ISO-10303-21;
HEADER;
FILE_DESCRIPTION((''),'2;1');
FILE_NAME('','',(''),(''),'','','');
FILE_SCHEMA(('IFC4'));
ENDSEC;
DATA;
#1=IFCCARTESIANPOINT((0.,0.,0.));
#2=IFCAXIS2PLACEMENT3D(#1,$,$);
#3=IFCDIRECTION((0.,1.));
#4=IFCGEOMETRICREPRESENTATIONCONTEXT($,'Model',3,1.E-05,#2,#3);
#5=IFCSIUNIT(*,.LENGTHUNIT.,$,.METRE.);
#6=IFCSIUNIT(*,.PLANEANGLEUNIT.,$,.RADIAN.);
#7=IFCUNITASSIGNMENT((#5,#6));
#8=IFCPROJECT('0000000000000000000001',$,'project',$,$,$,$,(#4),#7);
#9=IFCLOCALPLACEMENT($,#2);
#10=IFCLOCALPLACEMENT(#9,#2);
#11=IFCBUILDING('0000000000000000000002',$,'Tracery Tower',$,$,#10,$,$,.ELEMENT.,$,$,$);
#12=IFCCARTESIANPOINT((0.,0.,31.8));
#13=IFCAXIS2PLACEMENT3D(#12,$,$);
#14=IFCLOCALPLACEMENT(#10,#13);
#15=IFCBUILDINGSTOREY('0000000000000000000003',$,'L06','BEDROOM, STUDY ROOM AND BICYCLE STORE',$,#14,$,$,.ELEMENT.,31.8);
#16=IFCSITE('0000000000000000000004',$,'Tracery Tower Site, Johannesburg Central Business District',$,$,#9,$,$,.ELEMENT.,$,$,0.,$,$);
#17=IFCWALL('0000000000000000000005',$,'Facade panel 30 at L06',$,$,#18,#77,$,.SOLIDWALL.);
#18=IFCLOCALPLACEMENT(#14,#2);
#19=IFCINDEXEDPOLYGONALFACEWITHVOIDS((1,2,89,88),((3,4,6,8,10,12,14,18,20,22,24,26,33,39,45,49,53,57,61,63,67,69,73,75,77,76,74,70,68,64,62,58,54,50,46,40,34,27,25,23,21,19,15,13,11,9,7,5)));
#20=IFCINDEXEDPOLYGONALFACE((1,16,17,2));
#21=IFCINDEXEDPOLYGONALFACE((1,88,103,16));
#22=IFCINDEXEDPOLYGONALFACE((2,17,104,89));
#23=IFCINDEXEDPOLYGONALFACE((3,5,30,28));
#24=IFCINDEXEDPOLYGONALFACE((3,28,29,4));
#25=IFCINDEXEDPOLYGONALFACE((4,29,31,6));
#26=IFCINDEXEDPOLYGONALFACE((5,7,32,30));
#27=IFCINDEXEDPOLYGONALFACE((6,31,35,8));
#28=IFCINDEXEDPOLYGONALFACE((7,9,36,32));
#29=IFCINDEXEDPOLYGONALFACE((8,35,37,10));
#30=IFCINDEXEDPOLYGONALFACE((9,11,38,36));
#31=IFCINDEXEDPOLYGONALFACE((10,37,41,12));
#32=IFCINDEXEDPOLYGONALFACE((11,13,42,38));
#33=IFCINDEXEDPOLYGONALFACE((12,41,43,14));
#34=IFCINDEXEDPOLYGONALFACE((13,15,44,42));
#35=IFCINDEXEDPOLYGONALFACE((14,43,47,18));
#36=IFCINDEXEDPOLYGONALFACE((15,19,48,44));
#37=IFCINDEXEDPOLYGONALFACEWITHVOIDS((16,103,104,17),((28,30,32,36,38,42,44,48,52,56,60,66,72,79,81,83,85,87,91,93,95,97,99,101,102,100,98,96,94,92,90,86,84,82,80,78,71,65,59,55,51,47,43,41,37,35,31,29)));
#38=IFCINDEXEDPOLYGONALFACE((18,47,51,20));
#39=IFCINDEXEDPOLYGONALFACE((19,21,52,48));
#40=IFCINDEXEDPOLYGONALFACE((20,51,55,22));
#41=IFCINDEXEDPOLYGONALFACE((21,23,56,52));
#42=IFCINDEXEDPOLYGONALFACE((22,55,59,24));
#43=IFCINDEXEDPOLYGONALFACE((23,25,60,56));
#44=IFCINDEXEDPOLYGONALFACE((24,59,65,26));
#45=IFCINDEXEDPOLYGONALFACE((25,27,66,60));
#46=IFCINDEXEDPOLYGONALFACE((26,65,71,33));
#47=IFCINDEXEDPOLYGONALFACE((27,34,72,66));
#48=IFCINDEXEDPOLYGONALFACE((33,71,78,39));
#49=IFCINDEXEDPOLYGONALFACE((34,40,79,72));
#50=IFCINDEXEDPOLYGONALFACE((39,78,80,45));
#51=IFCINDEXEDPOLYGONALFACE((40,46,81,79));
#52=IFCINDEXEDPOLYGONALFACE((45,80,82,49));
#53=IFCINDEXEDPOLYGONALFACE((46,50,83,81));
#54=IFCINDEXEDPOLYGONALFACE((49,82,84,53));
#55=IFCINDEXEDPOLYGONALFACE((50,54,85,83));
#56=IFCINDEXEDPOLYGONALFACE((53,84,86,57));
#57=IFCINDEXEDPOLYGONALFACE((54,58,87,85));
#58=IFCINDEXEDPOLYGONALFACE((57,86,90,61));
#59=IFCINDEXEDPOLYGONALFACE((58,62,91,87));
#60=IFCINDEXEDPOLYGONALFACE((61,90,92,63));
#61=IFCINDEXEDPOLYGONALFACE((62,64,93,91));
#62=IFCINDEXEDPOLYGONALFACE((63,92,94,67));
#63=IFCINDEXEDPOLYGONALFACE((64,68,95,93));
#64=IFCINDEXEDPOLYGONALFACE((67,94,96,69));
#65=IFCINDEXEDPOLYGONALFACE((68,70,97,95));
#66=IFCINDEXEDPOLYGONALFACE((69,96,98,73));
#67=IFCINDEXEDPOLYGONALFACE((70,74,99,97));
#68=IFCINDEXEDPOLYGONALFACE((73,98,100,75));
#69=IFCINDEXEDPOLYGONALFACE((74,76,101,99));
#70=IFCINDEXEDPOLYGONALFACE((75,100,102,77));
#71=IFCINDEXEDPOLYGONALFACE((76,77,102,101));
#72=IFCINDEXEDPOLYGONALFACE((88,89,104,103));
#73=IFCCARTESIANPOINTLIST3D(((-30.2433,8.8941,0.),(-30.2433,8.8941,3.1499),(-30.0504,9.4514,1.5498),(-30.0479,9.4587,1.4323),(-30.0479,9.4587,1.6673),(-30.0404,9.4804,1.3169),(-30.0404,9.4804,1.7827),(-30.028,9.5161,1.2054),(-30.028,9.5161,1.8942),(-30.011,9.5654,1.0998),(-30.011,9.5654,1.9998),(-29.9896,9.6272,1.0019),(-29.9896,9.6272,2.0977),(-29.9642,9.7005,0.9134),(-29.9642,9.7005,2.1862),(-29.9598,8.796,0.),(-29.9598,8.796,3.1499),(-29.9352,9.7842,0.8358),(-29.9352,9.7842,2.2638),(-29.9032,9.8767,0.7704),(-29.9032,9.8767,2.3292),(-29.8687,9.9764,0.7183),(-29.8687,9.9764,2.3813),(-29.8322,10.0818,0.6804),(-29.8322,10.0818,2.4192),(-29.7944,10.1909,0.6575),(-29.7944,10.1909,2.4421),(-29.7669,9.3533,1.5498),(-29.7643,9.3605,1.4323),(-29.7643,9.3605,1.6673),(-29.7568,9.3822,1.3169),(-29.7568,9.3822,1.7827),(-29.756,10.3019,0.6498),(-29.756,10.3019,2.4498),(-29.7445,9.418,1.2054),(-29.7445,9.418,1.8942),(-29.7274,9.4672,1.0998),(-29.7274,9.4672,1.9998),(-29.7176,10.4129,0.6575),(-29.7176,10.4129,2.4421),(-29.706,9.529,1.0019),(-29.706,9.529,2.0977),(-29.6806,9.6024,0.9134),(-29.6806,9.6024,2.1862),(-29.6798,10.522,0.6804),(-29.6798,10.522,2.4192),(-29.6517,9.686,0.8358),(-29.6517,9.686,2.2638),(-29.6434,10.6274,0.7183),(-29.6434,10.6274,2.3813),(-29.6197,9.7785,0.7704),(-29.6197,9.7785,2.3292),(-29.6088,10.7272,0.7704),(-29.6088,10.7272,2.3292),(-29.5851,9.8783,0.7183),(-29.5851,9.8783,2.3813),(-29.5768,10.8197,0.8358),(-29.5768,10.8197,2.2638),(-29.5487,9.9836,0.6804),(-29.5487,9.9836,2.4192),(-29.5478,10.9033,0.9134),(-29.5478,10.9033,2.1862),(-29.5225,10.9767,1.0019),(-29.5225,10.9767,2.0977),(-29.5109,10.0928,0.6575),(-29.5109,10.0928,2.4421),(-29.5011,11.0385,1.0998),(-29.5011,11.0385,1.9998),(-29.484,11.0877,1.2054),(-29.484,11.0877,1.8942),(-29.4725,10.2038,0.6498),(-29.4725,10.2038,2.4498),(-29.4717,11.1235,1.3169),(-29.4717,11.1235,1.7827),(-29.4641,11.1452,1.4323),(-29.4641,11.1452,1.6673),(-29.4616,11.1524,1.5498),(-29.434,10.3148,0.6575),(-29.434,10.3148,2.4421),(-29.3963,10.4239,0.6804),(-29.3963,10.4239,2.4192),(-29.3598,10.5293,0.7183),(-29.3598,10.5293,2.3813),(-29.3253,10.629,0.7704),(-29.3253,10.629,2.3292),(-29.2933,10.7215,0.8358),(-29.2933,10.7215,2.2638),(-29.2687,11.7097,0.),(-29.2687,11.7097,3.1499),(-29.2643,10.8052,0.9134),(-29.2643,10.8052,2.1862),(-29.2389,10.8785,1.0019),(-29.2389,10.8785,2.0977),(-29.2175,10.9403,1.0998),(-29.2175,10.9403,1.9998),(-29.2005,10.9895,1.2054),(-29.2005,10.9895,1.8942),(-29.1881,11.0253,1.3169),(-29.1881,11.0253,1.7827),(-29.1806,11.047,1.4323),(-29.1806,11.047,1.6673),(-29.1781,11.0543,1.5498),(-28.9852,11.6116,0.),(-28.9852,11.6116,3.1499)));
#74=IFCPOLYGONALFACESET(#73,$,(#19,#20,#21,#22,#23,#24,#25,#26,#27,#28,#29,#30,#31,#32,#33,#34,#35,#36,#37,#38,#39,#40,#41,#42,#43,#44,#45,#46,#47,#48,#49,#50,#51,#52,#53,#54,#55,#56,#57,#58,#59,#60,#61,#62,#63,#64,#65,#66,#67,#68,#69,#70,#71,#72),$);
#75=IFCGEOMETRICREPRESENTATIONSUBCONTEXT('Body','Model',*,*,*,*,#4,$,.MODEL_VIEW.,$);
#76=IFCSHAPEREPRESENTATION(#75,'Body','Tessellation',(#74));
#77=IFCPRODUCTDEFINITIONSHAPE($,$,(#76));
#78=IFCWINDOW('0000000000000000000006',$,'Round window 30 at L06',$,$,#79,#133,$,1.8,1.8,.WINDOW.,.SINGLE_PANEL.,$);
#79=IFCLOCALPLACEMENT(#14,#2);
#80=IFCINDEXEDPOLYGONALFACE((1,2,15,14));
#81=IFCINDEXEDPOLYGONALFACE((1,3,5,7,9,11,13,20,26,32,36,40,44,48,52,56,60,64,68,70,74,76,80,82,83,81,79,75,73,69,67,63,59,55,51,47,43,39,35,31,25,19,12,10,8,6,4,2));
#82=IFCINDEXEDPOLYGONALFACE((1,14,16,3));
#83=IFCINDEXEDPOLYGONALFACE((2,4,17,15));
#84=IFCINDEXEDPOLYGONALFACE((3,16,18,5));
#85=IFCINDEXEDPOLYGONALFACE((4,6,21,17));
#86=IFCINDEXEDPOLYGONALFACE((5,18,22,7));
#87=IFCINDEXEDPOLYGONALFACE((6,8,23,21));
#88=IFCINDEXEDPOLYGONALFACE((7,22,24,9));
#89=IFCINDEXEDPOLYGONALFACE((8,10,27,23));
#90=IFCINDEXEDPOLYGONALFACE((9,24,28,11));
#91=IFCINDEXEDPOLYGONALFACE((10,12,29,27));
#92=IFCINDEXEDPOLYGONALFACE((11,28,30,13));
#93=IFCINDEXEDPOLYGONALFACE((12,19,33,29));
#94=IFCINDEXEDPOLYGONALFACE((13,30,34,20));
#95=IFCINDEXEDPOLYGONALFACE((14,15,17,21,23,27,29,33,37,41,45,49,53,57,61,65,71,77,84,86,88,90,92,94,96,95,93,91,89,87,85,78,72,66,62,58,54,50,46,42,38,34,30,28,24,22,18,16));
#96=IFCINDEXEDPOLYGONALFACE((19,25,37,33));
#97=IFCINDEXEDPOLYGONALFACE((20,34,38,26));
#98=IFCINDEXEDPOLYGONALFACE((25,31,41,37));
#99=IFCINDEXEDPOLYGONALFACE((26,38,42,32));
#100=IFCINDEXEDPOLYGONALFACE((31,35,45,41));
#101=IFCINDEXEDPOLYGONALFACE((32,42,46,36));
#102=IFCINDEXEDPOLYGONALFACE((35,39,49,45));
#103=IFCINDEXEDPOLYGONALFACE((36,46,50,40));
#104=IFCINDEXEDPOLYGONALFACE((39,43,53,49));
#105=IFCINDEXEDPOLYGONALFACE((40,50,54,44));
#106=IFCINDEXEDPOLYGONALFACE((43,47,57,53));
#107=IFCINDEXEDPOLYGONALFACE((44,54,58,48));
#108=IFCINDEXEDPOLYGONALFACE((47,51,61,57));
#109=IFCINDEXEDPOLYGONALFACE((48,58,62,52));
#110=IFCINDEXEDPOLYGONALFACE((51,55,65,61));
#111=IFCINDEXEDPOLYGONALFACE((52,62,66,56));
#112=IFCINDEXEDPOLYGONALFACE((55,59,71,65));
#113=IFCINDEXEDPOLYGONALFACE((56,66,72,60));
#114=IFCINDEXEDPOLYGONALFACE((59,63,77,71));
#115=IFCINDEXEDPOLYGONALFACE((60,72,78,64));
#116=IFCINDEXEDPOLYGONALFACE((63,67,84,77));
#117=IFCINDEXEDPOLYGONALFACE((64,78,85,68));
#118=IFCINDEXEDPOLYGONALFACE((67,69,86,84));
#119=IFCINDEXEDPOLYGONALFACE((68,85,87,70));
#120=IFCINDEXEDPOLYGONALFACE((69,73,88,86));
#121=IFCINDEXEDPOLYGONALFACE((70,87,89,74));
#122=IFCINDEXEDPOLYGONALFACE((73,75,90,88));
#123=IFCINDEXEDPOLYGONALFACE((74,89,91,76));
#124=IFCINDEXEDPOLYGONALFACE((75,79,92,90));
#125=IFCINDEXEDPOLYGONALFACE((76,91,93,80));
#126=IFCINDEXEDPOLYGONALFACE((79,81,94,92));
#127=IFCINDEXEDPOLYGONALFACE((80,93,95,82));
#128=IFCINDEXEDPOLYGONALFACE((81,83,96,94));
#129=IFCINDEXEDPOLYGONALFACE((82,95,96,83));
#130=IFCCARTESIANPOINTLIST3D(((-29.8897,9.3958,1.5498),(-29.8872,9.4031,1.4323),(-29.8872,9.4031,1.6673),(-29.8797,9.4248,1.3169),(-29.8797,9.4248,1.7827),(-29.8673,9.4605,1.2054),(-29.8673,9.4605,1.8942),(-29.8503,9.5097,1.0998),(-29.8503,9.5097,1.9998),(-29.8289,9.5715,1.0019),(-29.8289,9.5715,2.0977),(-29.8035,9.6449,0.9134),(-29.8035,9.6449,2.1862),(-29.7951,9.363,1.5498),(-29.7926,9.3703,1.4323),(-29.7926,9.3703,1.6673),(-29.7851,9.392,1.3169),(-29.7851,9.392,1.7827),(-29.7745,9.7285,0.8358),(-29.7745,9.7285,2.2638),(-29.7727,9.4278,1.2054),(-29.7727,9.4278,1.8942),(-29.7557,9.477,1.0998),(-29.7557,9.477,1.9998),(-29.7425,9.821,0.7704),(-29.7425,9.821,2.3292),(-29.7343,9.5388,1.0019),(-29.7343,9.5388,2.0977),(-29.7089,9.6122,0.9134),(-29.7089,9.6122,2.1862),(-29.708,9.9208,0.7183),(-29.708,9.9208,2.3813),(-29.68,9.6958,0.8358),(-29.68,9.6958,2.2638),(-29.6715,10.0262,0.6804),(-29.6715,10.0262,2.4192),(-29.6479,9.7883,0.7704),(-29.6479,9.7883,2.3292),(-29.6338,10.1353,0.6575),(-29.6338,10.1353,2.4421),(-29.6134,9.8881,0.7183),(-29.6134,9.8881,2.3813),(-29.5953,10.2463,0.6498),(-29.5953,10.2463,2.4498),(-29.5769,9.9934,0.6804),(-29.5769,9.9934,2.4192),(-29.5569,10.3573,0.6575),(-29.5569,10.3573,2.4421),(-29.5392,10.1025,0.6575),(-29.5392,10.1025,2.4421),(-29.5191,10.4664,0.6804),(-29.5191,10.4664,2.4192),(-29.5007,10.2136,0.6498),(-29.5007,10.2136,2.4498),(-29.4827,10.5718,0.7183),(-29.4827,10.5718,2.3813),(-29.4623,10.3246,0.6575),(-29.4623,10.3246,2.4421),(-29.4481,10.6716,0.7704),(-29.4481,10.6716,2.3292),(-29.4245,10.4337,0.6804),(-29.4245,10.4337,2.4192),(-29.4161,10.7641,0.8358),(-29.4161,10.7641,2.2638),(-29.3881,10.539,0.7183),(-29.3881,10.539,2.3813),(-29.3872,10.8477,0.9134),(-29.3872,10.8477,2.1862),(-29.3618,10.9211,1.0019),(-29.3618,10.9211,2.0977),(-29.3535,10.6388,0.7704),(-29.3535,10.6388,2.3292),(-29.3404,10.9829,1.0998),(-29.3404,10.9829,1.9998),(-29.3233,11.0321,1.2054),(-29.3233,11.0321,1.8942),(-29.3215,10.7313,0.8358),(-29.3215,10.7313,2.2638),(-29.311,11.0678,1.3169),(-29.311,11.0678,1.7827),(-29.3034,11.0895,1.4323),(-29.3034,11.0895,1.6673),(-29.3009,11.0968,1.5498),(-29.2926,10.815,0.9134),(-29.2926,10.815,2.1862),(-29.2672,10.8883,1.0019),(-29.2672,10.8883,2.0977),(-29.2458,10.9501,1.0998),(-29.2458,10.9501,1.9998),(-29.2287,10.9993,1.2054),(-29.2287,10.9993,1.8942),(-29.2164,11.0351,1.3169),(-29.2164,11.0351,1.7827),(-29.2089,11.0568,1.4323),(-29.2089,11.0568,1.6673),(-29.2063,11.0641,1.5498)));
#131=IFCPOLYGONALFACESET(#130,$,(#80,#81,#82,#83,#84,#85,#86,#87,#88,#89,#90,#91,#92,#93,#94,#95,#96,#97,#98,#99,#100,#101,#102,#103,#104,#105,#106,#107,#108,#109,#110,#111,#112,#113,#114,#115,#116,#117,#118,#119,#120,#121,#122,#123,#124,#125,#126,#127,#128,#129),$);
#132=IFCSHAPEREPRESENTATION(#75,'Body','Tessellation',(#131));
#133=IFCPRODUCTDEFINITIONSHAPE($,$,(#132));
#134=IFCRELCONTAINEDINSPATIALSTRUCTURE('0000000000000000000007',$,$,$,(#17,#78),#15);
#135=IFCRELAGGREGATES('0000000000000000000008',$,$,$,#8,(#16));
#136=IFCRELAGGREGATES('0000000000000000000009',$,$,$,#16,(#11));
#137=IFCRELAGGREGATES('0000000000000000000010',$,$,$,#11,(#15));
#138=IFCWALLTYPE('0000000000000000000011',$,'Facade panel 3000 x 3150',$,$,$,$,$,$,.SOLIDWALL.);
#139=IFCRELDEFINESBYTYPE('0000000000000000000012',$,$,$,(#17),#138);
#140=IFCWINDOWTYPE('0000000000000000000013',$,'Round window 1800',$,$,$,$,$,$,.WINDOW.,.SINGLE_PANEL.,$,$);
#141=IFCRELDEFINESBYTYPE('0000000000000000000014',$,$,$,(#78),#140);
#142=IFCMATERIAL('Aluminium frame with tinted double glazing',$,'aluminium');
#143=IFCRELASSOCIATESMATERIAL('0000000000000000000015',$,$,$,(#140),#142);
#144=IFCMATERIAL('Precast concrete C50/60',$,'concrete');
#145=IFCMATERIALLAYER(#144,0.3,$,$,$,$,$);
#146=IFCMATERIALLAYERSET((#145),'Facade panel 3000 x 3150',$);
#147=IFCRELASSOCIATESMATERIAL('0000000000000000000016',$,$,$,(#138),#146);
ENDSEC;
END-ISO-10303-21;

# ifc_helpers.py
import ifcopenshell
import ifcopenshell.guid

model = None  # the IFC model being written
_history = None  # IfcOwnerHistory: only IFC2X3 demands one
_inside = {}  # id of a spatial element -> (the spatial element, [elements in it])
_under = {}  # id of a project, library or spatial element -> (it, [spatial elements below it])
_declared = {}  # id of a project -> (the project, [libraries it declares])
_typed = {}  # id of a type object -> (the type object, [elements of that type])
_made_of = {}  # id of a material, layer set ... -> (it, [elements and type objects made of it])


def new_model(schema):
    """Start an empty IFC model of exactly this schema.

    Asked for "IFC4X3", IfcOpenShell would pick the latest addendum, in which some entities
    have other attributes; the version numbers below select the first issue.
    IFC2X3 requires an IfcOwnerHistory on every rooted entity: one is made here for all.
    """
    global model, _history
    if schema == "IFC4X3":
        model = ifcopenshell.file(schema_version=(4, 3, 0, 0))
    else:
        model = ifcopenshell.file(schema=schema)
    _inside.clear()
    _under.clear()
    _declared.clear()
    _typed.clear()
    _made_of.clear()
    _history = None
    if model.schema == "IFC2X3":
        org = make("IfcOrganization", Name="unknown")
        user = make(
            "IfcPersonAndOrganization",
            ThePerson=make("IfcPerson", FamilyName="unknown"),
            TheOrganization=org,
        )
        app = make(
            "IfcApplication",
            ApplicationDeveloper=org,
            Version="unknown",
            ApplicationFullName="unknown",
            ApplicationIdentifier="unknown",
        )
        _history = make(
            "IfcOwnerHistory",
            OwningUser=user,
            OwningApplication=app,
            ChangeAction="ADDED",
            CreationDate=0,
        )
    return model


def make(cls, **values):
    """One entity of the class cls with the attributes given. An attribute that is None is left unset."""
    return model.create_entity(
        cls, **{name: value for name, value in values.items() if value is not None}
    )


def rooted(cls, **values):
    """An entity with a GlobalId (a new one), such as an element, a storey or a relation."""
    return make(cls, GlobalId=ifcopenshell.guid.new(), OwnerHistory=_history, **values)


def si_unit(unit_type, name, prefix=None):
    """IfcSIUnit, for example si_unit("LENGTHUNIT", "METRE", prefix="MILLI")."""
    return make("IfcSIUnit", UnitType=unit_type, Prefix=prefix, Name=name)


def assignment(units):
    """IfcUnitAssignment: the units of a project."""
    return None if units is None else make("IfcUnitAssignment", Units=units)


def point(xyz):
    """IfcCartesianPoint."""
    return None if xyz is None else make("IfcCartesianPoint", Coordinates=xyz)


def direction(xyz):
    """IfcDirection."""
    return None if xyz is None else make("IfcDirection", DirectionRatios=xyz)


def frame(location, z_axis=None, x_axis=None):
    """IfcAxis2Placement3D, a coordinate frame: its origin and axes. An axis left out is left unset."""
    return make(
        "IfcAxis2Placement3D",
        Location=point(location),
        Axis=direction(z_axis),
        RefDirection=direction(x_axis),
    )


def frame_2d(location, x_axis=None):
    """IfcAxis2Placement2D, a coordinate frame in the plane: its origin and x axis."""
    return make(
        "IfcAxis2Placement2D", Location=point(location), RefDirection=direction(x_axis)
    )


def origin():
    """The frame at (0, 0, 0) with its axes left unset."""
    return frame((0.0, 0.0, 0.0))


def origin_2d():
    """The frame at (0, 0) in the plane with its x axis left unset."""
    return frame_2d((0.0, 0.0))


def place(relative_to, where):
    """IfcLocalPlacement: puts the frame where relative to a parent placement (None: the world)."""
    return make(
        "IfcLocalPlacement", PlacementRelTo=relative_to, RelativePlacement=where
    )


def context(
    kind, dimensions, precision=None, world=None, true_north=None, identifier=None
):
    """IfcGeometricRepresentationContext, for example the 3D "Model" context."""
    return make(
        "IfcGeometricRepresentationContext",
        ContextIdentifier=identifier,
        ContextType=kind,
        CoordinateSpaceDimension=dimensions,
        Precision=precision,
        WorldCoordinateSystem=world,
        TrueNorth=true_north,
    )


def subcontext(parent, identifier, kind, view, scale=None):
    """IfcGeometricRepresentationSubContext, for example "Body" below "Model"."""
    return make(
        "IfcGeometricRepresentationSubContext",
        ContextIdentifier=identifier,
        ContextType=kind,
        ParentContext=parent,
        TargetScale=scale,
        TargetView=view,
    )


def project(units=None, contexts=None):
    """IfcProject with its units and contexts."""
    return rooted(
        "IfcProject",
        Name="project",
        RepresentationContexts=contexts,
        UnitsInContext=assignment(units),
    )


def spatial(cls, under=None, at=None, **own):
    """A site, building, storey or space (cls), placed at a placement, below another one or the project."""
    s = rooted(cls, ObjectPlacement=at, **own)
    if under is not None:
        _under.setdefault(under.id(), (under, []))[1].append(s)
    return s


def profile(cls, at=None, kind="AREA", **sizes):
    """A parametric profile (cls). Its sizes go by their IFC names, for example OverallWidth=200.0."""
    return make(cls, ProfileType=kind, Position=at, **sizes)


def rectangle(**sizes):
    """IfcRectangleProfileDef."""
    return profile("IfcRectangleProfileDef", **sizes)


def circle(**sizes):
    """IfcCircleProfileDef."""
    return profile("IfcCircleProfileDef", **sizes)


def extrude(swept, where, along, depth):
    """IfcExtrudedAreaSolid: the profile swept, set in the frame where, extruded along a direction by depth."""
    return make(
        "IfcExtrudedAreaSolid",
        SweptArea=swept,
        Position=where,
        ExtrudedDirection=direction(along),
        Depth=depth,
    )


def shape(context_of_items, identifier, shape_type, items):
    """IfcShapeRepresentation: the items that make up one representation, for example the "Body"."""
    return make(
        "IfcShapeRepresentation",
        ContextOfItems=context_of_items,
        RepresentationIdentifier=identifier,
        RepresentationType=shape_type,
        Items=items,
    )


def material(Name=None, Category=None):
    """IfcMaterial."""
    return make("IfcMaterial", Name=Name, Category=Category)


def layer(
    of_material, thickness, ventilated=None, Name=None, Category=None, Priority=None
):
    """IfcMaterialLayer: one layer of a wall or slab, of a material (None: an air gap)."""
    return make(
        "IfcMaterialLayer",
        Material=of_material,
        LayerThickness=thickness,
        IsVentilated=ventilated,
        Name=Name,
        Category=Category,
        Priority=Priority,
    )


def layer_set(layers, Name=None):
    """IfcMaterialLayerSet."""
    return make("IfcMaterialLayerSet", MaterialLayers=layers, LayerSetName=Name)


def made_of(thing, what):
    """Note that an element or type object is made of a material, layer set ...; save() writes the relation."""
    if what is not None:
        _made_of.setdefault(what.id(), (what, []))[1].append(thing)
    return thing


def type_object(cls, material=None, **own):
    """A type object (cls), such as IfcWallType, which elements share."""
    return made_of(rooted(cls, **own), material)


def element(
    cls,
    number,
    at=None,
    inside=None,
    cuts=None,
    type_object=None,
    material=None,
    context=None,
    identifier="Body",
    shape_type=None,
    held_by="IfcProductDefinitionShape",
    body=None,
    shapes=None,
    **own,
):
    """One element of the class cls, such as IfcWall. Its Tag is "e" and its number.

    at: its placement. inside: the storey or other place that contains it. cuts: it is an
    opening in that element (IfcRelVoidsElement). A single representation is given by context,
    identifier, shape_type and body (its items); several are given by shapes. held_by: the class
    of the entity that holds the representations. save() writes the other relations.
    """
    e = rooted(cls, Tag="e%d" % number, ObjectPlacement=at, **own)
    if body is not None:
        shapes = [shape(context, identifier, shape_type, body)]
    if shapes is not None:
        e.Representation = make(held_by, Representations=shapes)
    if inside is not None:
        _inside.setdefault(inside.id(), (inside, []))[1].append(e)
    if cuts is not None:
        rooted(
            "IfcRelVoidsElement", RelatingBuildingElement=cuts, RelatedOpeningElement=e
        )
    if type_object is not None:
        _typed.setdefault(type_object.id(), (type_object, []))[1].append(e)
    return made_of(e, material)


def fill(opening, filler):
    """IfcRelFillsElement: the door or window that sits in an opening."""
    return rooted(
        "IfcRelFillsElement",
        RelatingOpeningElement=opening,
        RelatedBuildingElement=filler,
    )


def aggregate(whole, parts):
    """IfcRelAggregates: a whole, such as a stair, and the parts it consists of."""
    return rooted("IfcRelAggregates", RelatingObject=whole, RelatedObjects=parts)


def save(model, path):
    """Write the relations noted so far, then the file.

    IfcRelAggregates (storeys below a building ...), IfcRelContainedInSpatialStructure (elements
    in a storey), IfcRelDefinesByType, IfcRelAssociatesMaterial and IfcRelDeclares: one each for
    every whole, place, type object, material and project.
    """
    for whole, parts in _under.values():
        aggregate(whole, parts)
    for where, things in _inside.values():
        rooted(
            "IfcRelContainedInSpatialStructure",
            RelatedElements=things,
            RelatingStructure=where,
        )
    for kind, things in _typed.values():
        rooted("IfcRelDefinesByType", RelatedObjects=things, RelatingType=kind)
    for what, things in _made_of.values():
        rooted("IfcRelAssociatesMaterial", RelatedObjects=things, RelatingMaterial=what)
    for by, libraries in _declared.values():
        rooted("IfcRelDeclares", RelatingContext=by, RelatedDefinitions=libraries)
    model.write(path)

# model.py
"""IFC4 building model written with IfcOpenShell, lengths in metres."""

from ifc_helpers import new_model, si_unit, direction, frame, frame_2d, origin, origin_2d, place, context, subcontext, project, spatial, rectangle, circle, extrude, material, layer, layer_set, type_object, element, fill, save


model = new_model("IFC4")

# Units and contexts
model_context = context("Model", 3, precision=1e-05, world=origin(), true_north=direction((0.0, 1.0)))
body_context = subcontext(model_context, "Body", "Model", "MODEL_VIEW")
ifc_project = project(units=[si_unit("LENGTHUNIT", "METRE"), si_unit("PLANEANGLEUNIT", "RADIAN")], contexts=[model_context])

# Site, building, storey
site_placement = place(None, origin())
site = spatial("IfcSite", under=ifc_project, at=site_placement, Name="Tracery Tower Site, Johannesburg Central Business District", CompositionType="ELEMENT", RefElevation=0.0)
building_placement = place(site_placement, origin())
building = spatial("IfcBuilding", under=site, at=building_placement, Name="Tracery Tower", CompositionType="ELEMENT")
storey_placement = place(building_placement, frame((0.0, 0.0, 31.8)))
storey = spatial("IfcBuildingStorey", under=building, at=storey_placement, Name="L06", Description="BEDROOM, STUDY ROOM AND BICYCLE STORE", CompositionType="ELEMENT", Elevation=31.8)

# Wall, opening, window
ifc_material_1 = material(Name="Aluminium frame with tinted double glazing", Category="aluminium")
window_type = type_object("IfcWindowType", Name="Round window 1800", PartitioningType="SINGLE_PANEL", PredefinedType="WINDOW", material=ifc_material_1)
ifc_material_2 = material(Name="Precast concrete C50/60", Category="concrete")
ifc_layer_1 = layer(ifc_material_2, 0.3)
ifc_layer_set_1 = layer_set([ifc_layer_1], Name="Facade panel 3000 x 3150")
wall_type_1 = type_object("IfcWallType", Name="Facade panel 3000 x 3150", PredefinedType="SOLIDWALL", material=ifc_layer_set_1)
wall_1_placement = place(storey_placement, frame((-29.127, 11.6606, 0.0), z_axis=(0.0, 0.0, 1.0), x_axis=(-0.327096, -0.944991, 0.0)))
wall_1 = element("IfcWall", 1, at=wall_1_placement, inside=storey, type_object=wall_type_1, Name="Facade panel 30 at L06", PredefinedType="SOLIDWALL", context=body_context, shape_type="SweptSolid", body=[
    extrude(rectangle(XDim=2.9795, YDim=0.3, at=frame_2d((1.4897, 0.0))), origin(), (0.0, 0.0, 1.0), 3.1499),
])
opening_1_placement = place(wall_1_placement, frame((1.4897, 0.0, 1.5498)))
opening_1 = element("IfcOpeningElement", 2, at=opening_1_placement, cuts=wall_1, PredefinedType="OPENING", context=body_context, shape_type="SweptSolid", body=[
    extrude(circle(Radius=0.9, at=origin_2d()), frame((0.0, 0.1599, 0.0), z_axis=(0.0, -1.0, 0.0), x_axis=(1.0, 0.0, 0.0)), (0.0, 0.0, 1.0), 0.3201),
])
window_1_placement = place(opening_1_placement, origin())
window_1 = element("IfcWindow", 3, at=window_1_placement, inside=storey, type_object=window_type, Name="Round window 30 at L06", OverallHeight=1.8, OverallWidth=1.8, PartitioningType="SINGLE_PANEL", PredefinedType="WINDOW", context=body_context, shape_type="SweptSolid", body=[
    extrude(circle(Radius=0.9, at=origin_2d()), frame((0.0, 0.1201, 0.0), z_axis=(0.0, -1.0, 0.0), x_axis=(1.0, 0.0, 0.0)), (0.0, 0.0, 1.0), 0.1001),
])
fill(opening_1, window_1)

save(model, "model.ifc")
